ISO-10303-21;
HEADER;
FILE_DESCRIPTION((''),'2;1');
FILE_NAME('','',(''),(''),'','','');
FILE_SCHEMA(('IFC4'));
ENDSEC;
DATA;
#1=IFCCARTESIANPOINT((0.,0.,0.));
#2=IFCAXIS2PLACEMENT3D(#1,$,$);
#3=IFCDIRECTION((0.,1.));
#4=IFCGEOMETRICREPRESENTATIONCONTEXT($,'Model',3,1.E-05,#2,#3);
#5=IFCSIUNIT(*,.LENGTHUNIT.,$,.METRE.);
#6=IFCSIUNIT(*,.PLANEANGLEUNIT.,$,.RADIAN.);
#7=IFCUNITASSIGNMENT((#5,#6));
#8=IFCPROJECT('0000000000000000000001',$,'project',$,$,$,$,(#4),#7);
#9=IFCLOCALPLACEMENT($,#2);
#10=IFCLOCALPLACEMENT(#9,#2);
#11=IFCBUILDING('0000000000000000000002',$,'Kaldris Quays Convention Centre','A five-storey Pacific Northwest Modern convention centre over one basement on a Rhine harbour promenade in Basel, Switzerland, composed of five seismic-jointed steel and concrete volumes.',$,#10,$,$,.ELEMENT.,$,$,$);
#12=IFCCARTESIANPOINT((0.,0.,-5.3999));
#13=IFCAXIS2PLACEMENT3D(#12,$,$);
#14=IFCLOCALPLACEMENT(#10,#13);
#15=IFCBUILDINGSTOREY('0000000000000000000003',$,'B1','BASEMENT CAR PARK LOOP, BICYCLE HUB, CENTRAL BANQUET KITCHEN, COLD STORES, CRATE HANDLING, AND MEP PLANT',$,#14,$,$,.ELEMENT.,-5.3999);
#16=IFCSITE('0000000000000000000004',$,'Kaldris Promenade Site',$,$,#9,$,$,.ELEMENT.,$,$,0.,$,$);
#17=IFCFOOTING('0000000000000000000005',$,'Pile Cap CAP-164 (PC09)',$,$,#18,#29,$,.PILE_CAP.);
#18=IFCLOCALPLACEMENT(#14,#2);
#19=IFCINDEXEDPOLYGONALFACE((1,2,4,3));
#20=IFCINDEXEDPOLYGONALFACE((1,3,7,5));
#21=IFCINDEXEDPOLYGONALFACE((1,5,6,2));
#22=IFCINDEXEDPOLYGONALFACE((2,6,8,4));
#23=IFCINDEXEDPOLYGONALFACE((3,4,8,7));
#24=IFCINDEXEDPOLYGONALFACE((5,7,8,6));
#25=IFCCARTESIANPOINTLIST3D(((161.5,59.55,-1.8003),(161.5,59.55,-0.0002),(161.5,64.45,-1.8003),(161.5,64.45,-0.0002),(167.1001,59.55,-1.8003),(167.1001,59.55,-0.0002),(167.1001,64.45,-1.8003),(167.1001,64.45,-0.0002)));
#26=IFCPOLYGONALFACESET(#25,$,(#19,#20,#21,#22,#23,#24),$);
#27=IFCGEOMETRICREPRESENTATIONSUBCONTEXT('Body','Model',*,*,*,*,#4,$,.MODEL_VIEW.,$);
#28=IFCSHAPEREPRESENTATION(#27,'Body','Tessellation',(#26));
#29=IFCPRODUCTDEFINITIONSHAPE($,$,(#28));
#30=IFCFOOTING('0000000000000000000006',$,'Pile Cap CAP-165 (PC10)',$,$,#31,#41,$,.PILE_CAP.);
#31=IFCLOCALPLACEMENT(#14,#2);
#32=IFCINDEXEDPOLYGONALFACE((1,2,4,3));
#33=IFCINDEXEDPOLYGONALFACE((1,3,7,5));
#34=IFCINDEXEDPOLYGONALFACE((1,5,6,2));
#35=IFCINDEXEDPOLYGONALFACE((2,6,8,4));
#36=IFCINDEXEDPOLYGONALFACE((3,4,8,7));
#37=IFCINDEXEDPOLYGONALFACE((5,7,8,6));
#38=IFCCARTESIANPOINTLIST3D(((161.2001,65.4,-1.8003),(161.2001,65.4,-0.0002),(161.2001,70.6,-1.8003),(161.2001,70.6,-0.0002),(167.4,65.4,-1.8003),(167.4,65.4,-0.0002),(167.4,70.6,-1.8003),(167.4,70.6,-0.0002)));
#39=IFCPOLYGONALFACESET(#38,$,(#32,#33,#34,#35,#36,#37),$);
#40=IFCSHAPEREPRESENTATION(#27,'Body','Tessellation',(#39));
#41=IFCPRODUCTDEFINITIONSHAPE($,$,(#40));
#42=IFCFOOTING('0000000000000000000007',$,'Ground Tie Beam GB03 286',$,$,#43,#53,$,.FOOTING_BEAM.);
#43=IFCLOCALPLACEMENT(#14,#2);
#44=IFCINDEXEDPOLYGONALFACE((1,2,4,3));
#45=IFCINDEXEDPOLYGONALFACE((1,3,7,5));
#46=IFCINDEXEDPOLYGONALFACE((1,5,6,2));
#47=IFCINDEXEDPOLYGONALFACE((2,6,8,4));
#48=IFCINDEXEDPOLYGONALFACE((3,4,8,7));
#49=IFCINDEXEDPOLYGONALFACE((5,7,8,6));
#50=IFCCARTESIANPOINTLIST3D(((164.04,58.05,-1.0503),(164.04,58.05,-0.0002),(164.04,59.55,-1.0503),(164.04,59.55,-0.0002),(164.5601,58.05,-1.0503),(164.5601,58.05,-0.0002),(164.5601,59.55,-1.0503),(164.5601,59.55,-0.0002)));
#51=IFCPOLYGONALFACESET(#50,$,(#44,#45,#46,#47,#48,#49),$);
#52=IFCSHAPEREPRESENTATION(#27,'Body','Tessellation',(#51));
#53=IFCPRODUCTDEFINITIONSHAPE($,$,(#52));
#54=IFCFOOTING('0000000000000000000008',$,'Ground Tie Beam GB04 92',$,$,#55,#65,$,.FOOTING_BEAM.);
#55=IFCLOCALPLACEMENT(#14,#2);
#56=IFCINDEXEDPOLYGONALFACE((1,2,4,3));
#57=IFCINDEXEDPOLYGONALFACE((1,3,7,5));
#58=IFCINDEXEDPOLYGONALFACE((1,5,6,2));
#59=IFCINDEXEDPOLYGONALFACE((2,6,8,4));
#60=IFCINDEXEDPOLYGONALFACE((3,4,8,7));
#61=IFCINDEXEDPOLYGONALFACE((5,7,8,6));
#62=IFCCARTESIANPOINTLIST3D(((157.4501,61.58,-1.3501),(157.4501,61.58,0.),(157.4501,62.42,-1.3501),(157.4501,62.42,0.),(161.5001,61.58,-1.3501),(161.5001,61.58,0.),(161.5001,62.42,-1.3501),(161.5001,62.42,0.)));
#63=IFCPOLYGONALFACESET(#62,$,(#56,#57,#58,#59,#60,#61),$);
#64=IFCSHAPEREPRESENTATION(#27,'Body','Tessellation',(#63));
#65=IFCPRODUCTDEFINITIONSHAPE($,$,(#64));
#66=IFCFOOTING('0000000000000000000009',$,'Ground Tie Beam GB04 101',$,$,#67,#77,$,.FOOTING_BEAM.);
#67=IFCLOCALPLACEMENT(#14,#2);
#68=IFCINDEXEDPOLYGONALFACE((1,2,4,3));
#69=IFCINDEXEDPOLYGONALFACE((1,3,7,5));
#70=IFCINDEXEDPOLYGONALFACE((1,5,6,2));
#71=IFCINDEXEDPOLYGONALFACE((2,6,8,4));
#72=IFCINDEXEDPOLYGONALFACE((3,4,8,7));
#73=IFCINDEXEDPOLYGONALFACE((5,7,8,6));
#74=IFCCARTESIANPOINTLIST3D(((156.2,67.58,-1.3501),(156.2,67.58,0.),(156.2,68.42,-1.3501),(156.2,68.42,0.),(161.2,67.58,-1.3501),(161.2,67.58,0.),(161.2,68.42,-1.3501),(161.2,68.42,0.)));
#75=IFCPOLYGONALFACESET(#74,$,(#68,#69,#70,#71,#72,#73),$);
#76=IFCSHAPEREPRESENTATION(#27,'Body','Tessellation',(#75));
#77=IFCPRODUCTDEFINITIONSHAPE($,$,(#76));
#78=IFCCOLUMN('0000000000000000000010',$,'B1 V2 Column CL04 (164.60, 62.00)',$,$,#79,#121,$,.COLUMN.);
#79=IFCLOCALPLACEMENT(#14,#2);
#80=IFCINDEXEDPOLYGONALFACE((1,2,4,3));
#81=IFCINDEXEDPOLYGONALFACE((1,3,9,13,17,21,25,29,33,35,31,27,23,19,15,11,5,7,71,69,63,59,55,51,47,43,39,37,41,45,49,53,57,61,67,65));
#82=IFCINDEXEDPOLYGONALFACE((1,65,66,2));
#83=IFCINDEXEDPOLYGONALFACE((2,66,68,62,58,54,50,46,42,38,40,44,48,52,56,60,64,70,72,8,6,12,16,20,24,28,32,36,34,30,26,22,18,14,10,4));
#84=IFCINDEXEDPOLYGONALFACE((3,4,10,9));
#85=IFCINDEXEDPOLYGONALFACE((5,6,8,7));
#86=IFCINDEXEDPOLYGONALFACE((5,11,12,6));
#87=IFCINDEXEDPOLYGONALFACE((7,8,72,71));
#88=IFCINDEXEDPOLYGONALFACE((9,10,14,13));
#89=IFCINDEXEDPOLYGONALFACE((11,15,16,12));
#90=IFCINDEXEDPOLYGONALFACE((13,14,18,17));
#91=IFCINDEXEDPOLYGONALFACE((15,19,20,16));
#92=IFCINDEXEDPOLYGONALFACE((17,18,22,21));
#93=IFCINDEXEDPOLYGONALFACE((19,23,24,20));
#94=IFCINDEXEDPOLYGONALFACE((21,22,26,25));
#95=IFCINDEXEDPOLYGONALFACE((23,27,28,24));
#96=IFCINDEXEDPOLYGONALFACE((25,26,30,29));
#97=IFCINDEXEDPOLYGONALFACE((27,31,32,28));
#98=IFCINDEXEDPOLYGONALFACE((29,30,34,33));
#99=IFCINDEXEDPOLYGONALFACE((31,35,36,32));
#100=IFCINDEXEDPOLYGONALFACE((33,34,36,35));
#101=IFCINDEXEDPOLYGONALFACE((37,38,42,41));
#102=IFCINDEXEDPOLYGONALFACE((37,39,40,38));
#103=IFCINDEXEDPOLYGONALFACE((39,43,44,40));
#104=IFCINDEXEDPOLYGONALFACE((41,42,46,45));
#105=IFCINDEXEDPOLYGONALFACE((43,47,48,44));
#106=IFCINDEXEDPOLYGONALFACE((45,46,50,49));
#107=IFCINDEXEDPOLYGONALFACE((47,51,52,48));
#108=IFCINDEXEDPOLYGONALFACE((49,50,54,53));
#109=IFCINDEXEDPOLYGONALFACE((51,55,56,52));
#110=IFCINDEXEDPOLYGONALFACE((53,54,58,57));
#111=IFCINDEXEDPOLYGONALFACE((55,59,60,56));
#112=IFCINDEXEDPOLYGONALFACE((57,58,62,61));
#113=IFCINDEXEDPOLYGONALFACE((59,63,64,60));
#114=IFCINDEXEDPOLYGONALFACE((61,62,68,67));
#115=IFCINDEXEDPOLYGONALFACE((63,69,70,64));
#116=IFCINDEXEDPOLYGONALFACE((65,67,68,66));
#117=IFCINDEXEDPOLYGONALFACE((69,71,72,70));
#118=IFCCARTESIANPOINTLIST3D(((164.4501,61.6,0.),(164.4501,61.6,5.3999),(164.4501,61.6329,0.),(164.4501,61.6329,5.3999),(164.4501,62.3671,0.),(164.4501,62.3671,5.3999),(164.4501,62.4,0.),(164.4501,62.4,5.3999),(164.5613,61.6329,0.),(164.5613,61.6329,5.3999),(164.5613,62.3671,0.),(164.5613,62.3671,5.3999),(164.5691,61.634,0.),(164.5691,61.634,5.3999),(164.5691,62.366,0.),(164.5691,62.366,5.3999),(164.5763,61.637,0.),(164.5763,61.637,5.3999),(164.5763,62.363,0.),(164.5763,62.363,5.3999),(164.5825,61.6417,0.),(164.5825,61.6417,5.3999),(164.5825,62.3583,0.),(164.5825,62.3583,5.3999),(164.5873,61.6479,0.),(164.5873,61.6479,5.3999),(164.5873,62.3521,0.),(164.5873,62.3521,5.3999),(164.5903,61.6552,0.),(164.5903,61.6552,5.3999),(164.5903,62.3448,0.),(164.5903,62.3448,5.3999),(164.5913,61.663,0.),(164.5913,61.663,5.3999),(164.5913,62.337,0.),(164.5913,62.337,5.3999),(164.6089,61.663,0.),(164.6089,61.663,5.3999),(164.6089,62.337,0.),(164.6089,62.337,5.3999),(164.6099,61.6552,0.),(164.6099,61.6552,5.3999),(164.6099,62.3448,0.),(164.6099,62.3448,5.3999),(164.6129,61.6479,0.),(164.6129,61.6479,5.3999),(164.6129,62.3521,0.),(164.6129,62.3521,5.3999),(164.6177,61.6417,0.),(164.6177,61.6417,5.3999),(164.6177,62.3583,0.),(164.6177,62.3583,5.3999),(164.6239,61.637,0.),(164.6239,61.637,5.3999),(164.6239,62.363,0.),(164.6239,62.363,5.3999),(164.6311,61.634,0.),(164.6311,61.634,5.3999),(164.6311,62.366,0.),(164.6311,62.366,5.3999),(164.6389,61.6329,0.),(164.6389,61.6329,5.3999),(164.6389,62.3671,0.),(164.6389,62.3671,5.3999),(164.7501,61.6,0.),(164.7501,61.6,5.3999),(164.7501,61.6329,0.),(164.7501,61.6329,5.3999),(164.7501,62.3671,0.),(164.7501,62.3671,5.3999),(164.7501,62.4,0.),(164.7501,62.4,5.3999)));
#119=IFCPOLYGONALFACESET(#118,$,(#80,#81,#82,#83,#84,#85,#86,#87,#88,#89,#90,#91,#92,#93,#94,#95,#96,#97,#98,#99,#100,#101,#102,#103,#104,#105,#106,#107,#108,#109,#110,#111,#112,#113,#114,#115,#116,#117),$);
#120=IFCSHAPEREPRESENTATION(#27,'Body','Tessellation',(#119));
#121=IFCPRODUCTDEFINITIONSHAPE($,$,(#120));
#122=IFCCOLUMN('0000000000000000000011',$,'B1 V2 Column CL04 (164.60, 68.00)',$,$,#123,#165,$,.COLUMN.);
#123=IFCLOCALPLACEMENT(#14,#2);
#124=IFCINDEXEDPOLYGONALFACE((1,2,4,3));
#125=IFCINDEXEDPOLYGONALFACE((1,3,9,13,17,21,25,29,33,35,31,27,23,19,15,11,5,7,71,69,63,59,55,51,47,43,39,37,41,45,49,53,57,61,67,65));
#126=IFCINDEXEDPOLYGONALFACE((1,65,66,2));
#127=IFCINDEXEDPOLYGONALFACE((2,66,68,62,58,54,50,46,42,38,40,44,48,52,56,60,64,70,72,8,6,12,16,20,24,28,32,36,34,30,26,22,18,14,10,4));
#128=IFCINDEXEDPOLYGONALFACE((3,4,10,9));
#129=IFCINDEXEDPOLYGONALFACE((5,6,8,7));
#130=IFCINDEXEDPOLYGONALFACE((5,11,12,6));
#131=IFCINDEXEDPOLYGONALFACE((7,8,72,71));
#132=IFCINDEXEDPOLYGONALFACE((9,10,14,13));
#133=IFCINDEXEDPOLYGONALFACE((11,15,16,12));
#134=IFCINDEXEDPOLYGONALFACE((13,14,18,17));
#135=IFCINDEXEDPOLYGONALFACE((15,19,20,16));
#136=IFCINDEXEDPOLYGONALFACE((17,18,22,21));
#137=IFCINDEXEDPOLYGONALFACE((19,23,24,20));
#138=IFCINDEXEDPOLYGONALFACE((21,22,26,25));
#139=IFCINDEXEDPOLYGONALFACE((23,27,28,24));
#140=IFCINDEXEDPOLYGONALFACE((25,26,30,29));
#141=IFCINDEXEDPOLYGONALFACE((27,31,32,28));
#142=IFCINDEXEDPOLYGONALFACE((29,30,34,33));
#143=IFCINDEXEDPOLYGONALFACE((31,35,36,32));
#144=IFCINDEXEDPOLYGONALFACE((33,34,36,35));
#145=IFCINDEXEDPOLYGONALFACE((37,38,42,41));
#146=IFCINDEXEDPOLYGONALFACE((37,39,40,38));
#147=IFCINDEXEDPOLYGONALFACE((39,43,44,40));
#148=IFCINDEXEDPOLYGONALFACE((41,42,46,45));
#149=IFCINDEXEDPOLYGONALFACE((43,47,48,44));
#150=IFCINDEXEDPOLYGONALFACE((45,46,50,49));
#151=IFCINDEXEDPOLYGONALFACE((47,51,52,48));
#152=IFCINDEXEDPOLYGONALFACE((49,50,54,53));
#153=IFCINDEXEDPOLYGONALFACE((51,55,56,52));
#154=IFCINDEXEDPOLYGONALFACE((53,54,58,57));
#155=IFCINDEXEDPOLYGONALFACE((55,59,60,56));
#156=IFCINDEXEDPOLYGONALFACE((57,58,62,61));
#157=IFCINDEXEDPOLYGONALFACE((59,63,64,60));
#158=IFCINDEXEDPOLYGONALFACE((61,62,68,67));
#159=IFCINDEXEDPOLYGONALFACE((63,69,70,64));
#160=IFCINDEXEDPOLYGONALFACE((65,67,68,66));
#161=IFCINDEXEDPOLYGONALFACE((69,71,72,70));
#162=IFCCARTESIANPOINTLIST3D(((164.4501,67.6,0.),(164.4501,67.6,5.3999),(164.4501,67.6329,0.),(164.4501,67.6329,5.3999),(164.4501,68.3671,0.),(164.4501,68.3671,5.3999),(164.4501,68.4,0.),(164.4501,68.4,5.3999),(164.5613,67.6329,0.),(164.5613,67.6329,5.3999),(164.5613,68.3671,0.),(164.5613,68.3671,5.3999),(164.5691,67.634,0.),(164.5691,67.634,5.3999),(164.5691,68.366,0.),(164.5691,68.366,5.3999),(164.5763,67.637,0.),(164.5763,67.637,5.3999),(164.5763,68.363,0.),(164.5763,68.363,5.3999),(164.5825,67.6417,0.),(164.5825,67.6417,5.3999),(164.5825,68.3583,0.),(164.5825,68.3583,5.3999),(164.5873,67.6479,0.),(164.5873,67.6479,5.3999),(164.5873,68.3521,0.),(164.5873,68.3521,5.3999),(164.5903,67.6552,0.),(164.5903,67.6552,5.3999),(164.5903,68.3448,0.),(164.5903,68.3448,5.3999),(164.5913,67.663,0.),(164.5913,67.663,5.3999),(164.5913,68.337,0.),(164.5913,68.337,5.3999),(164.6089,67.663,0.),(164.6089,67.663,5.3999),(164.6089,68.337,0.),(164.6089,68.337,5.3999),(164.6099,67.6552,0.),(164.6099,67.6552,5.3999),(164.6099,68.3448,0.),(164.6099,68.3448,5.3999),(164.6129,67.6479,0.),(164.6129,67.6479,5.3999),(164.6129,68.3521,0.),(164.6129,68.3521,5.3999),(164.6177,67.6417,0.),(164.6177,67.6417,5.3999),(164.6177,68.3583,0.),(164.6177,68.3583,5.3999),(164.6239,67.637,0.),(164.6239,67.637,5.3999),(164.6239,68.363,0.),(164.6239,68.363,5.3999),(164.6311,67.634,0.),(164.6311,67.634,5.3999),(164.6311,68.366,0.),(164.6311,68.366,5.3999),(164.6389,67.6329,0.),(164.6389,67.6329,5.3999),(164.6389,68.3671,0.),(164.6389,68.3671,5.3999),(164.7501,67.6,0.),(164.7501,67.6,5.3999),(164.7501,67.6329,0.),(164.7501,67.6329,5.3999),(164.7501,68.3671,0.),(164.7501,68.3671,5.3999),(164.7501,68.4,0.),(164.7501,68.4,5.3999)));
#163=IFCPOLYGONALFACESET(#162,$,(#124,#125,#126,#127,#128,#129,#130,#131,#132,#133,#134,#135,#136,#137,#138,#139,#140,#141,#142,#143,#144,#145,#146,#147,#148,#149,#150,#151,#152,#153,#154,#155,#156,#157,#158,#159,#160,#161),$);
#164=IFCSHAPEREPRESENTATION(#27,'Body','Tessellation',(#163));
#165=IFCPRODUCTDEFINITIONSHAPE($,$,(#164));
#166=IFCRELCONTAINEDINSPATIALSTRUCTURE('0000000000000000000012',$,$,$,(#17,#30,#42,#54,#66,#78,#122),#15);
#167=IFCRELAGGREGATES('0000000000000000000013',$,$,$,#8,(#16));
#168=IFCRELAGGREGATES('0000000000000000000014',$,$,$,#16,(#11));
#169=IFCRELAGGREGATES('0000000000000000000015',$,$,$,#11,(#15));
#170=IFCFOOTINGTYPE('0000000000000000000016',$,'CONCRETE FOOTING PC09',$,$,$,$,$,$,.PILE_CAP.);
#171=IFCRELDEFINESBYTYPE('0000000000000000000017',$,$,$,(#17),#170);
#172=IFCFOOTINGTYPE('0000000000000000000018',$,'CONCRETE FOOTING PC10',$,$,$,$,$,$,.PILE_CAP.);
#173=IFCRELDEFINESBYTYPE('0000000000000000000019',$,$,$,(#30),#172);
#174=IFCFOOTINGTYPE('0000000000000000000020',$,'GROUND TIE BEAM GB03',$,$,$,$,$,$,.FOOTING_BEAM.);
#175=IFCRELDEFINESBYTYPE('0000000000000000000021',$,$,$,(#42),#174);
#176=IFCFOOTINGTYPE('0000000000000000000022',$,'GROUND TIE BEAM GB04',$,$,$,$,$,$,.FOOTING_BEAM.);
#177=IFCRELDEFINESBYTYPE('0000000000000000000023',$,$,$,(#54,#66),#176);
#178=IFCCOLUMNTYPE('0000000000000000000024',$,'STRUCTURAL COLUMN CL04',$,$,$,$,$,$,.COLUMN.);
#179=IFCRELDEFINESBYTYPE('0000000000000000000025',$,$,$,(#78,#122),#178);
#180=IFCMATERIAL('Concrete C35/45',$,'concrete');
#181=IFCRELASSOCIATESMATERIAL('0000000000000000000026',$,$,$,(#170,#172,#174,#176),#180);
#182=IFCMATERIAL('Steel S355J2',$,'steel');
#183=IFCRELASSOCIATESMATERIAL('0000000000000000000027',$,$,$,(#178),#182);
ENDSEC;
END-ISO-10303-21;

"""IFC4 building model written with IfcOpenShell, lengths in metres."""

from ifc_helpers import new_model, si_unit, direction, frame, origin, origin_2d, place, context, subcontext, project, spatial, rectangle, i_section, extrude, material, material_profile, profile_set, type_object, element, save


model = new_model("IFC4")

# Units and contexts
model_context = context("Model", 3, precision=1e-05, world=origin(), true_north=direction((0.0, 1.0)))
body_context = subcontext(model_context, "Body", "Model", "MODEL_VIEW")
ifc_project = project(units=[si_unit("LENGTHUNIT", "METRE"), si_unit("PLANEANGLEUNIT", "RADIAN")], contexts=[model_context])

# Site, building, storey
site_placement = place(None, origin())
site = spatial("IfcSite", under=ifc_project, at=site_placement, Name="Kaldris Promenade Site", CompositionType="ELEMENT", RefElevation=0.0)
building_placement = place(site_placement, origin())
building = spatial("IfcBuilding", under=site, at=building_placement, Name="Kaldris Quays Convention Centre", Description="A five-storey Pacific Northwest Modern convention centre over one basement on a Rhine harbour promenade in Basel, Switzerland, composed of five seismic-jointed steel and concrete volumes.", CompositionType="ELEMENT")
storey_placement = place(building_placement, frame((0.0, 0.0, -5.3999)))
storey = spatial("IfcBuildingStorey", under=building, at=storey_placement, Name="B1", Description="BASEMENT CAR PARK LOOP, BICYCLE HUB, CENTRAL BANQUET KITCHEN, COLD STORES, CRATE HANDLING, AND MEP PLANT", CompositionType="ELEMENT", Elevation=-5.3999)

# Shared definitions
ifc_material_1 = material(Name="Concrete C35/45", Category="concrete")

# Footings
footing_type_1 = type_object("IfcFootingType", Name="CONCRETE FOOTING PC09", PredefinedType="PILE_CAP", material=ifc_material_1)
footing_1_placement = place(storey_placement, frame((164.3, 62.0, -1.8003), z_axis=(0.0, 0.0, 1.0), x_axis=(1.0, 0.0, 0.0)))
element("IfcFooting", 1, at=footing_1_placement, inside=storey, type_object=footing_type_1, Name="Pile Cap CAP-164 (PC09)", PredefinedType="PILE_CAP", context=body_context, shape_type="SweptSolid", body=[
    extrude(rectangle(XDim=5.6001, YDim=4.8999, at=origin_2d()), origin(), (0.0, 0.0, 1.0), 1.8),
])
footing_type_2 = type_object("IfcFootingType", Name="CONCRETE FOOTING PC10", PredefinedType="PILE_CAP", material=ifc_material_1)
footing_2_placement = place(storey_placement, frame((164.3, 68.0, -1.8003), z_axis=(0.0, 0.0, 1.0), x_axis=(1.0, 0.0, 0.0)))
element("IfcFooting", 2, at=footing_2_placement, inside=storey, type_object=footing_type_2, Name="Pile Cap CAP-165 (PC10)", PredefinedType="PILE_CAP", context=body_context, shape_type="SweptSolid", body=[
    extrude(rectangle(XDim=6.2, YDim=5.2, at=origin_2d()), origin(), (0.0, 0.0, 1.0), 1.8),
])
footing_type_3 = type_object("IfcFootingType", Name="GROUND TIE BEAM GB03", PredefinedType="FOOTING_BEAM", material=ifc_material_1)
footing_3_placement = place(storey_placement, frame((164.3, 58.8, -1.0503), z_axis=(0.0, 0.0, 1.0), x_axis=(1.0, 0.0, 0.0)))
element("IfcFooting", 3, at=footing_3_placement, inside=storey, type_object=footing_type_3, Name="Ground Tie Beam GB03 286", PredefinedType="FOOTING_BEAM", context=body_context, shape_type="SweptSolid", body=[
    extrude(rectangle(XDim=0.52, YDim=1.5, at=origin_2d()), origin(), (0.0, 0.0, 1.0), 1.05),
])
footing_type_4 = type_object("IfcFootingType", Name="GROUND TIE BEAM GB04", PredefinedType="FOOTING_BEAM", material=ifc_material_1)
footing_4_placement = place(storey_placement, frame((159.4751, 62.0, -1.3501), z_axis=(0.0, 0.0, 1.0), x_axis=(1.0, 0.0, 0.0)))
element("IfcFooting", 4, at=footing_4_placement, inside=storey, type_object=footing_type_4, Name="Ground Tie Beam GB04 92", PredefinedType="FOOTING_BEAM", context=body_context, shape_type="SweptSolid", body=[
    extrude(rectangle(XDim=4.05, YDim=0.8401, at=origin_2d()), origin(), (0.0, 0.0, 1.0), 1.3501),
])
footing_5_placement = place(storey_placement, frame((158.7, 68.0, -1.3501), z_axis=(0.0, 0.0, 1.0), x_axis=(1.0, 0.0, 0.0)))
element("IfcFooting", 5, at=footing_5_placement, inside=storey, type_object=footing_type_4, Name="Ground Tie Beam GB04 101", PredefinedType="FOOTING_BEAM", context=body_context, shape_type="SweptSolid", body=[
    extrude(rectangle(XDim=5.0, YDim=0.8401, at=origin_2d()), origin(), (0.0, 0.0, 1.0), 1.3501),
])

# Columns
ifc_material_2 = material(Name="Steel S355J2", Category="steel")
ifc_material_profile_1 = material_profile(ifc_material_2, i_section(OverallWidth=0.3, OverallDepth=0.8, WebThickness=0.0176, FlangeThickness=0.033, FilletRadius=0.03, at=origin_2d()), Name="HEB 800")
ifc_profile_set_1 = profile_set([ifc_material_profile_1], Name="Steel S355J2")
column_type_1 = type_object("IfcColumnType", Name="STRUCTURAL COLUMN CL04", PredefinedType="COLUMN", material=ifc_profile_set_1)
for number, where, z_axis, x_axis, name in (
    (6, (164.6001, 62.0, 0.0), (0.0, 0.0, 1.0), (1.0, 0.0, 0.0), "B1 V2 Column CL04 (164.60, 62.00)"),
    (7, (164.6001, 68.0, 0.0), (0.0, 0.0, 1.0), (1.0, 0.0, 0.0), "B1 V2 Column CL04 (164.60, 68.00)"),
):
    element("IfcColumn", number, at=place(storey_placement, frame(where, z_axis=z_axis, x_axis=x_axis)), inside=storey, type_object=column_type_1, Name=name, PredefinedType="COLUMN", context=body_context, shape_type="SweptSolid", body=[
        extrude(i_section(OverallWidth=0.3, OverallDepth=0.8, WebThickness=0.0176, FlangeThickness=0.033, FilletRadius=0.03, at=origin_2d()), origin(), (0.0, 0.0, 1.0), 5.3999),
    ])

save(model, "model.ifc")
